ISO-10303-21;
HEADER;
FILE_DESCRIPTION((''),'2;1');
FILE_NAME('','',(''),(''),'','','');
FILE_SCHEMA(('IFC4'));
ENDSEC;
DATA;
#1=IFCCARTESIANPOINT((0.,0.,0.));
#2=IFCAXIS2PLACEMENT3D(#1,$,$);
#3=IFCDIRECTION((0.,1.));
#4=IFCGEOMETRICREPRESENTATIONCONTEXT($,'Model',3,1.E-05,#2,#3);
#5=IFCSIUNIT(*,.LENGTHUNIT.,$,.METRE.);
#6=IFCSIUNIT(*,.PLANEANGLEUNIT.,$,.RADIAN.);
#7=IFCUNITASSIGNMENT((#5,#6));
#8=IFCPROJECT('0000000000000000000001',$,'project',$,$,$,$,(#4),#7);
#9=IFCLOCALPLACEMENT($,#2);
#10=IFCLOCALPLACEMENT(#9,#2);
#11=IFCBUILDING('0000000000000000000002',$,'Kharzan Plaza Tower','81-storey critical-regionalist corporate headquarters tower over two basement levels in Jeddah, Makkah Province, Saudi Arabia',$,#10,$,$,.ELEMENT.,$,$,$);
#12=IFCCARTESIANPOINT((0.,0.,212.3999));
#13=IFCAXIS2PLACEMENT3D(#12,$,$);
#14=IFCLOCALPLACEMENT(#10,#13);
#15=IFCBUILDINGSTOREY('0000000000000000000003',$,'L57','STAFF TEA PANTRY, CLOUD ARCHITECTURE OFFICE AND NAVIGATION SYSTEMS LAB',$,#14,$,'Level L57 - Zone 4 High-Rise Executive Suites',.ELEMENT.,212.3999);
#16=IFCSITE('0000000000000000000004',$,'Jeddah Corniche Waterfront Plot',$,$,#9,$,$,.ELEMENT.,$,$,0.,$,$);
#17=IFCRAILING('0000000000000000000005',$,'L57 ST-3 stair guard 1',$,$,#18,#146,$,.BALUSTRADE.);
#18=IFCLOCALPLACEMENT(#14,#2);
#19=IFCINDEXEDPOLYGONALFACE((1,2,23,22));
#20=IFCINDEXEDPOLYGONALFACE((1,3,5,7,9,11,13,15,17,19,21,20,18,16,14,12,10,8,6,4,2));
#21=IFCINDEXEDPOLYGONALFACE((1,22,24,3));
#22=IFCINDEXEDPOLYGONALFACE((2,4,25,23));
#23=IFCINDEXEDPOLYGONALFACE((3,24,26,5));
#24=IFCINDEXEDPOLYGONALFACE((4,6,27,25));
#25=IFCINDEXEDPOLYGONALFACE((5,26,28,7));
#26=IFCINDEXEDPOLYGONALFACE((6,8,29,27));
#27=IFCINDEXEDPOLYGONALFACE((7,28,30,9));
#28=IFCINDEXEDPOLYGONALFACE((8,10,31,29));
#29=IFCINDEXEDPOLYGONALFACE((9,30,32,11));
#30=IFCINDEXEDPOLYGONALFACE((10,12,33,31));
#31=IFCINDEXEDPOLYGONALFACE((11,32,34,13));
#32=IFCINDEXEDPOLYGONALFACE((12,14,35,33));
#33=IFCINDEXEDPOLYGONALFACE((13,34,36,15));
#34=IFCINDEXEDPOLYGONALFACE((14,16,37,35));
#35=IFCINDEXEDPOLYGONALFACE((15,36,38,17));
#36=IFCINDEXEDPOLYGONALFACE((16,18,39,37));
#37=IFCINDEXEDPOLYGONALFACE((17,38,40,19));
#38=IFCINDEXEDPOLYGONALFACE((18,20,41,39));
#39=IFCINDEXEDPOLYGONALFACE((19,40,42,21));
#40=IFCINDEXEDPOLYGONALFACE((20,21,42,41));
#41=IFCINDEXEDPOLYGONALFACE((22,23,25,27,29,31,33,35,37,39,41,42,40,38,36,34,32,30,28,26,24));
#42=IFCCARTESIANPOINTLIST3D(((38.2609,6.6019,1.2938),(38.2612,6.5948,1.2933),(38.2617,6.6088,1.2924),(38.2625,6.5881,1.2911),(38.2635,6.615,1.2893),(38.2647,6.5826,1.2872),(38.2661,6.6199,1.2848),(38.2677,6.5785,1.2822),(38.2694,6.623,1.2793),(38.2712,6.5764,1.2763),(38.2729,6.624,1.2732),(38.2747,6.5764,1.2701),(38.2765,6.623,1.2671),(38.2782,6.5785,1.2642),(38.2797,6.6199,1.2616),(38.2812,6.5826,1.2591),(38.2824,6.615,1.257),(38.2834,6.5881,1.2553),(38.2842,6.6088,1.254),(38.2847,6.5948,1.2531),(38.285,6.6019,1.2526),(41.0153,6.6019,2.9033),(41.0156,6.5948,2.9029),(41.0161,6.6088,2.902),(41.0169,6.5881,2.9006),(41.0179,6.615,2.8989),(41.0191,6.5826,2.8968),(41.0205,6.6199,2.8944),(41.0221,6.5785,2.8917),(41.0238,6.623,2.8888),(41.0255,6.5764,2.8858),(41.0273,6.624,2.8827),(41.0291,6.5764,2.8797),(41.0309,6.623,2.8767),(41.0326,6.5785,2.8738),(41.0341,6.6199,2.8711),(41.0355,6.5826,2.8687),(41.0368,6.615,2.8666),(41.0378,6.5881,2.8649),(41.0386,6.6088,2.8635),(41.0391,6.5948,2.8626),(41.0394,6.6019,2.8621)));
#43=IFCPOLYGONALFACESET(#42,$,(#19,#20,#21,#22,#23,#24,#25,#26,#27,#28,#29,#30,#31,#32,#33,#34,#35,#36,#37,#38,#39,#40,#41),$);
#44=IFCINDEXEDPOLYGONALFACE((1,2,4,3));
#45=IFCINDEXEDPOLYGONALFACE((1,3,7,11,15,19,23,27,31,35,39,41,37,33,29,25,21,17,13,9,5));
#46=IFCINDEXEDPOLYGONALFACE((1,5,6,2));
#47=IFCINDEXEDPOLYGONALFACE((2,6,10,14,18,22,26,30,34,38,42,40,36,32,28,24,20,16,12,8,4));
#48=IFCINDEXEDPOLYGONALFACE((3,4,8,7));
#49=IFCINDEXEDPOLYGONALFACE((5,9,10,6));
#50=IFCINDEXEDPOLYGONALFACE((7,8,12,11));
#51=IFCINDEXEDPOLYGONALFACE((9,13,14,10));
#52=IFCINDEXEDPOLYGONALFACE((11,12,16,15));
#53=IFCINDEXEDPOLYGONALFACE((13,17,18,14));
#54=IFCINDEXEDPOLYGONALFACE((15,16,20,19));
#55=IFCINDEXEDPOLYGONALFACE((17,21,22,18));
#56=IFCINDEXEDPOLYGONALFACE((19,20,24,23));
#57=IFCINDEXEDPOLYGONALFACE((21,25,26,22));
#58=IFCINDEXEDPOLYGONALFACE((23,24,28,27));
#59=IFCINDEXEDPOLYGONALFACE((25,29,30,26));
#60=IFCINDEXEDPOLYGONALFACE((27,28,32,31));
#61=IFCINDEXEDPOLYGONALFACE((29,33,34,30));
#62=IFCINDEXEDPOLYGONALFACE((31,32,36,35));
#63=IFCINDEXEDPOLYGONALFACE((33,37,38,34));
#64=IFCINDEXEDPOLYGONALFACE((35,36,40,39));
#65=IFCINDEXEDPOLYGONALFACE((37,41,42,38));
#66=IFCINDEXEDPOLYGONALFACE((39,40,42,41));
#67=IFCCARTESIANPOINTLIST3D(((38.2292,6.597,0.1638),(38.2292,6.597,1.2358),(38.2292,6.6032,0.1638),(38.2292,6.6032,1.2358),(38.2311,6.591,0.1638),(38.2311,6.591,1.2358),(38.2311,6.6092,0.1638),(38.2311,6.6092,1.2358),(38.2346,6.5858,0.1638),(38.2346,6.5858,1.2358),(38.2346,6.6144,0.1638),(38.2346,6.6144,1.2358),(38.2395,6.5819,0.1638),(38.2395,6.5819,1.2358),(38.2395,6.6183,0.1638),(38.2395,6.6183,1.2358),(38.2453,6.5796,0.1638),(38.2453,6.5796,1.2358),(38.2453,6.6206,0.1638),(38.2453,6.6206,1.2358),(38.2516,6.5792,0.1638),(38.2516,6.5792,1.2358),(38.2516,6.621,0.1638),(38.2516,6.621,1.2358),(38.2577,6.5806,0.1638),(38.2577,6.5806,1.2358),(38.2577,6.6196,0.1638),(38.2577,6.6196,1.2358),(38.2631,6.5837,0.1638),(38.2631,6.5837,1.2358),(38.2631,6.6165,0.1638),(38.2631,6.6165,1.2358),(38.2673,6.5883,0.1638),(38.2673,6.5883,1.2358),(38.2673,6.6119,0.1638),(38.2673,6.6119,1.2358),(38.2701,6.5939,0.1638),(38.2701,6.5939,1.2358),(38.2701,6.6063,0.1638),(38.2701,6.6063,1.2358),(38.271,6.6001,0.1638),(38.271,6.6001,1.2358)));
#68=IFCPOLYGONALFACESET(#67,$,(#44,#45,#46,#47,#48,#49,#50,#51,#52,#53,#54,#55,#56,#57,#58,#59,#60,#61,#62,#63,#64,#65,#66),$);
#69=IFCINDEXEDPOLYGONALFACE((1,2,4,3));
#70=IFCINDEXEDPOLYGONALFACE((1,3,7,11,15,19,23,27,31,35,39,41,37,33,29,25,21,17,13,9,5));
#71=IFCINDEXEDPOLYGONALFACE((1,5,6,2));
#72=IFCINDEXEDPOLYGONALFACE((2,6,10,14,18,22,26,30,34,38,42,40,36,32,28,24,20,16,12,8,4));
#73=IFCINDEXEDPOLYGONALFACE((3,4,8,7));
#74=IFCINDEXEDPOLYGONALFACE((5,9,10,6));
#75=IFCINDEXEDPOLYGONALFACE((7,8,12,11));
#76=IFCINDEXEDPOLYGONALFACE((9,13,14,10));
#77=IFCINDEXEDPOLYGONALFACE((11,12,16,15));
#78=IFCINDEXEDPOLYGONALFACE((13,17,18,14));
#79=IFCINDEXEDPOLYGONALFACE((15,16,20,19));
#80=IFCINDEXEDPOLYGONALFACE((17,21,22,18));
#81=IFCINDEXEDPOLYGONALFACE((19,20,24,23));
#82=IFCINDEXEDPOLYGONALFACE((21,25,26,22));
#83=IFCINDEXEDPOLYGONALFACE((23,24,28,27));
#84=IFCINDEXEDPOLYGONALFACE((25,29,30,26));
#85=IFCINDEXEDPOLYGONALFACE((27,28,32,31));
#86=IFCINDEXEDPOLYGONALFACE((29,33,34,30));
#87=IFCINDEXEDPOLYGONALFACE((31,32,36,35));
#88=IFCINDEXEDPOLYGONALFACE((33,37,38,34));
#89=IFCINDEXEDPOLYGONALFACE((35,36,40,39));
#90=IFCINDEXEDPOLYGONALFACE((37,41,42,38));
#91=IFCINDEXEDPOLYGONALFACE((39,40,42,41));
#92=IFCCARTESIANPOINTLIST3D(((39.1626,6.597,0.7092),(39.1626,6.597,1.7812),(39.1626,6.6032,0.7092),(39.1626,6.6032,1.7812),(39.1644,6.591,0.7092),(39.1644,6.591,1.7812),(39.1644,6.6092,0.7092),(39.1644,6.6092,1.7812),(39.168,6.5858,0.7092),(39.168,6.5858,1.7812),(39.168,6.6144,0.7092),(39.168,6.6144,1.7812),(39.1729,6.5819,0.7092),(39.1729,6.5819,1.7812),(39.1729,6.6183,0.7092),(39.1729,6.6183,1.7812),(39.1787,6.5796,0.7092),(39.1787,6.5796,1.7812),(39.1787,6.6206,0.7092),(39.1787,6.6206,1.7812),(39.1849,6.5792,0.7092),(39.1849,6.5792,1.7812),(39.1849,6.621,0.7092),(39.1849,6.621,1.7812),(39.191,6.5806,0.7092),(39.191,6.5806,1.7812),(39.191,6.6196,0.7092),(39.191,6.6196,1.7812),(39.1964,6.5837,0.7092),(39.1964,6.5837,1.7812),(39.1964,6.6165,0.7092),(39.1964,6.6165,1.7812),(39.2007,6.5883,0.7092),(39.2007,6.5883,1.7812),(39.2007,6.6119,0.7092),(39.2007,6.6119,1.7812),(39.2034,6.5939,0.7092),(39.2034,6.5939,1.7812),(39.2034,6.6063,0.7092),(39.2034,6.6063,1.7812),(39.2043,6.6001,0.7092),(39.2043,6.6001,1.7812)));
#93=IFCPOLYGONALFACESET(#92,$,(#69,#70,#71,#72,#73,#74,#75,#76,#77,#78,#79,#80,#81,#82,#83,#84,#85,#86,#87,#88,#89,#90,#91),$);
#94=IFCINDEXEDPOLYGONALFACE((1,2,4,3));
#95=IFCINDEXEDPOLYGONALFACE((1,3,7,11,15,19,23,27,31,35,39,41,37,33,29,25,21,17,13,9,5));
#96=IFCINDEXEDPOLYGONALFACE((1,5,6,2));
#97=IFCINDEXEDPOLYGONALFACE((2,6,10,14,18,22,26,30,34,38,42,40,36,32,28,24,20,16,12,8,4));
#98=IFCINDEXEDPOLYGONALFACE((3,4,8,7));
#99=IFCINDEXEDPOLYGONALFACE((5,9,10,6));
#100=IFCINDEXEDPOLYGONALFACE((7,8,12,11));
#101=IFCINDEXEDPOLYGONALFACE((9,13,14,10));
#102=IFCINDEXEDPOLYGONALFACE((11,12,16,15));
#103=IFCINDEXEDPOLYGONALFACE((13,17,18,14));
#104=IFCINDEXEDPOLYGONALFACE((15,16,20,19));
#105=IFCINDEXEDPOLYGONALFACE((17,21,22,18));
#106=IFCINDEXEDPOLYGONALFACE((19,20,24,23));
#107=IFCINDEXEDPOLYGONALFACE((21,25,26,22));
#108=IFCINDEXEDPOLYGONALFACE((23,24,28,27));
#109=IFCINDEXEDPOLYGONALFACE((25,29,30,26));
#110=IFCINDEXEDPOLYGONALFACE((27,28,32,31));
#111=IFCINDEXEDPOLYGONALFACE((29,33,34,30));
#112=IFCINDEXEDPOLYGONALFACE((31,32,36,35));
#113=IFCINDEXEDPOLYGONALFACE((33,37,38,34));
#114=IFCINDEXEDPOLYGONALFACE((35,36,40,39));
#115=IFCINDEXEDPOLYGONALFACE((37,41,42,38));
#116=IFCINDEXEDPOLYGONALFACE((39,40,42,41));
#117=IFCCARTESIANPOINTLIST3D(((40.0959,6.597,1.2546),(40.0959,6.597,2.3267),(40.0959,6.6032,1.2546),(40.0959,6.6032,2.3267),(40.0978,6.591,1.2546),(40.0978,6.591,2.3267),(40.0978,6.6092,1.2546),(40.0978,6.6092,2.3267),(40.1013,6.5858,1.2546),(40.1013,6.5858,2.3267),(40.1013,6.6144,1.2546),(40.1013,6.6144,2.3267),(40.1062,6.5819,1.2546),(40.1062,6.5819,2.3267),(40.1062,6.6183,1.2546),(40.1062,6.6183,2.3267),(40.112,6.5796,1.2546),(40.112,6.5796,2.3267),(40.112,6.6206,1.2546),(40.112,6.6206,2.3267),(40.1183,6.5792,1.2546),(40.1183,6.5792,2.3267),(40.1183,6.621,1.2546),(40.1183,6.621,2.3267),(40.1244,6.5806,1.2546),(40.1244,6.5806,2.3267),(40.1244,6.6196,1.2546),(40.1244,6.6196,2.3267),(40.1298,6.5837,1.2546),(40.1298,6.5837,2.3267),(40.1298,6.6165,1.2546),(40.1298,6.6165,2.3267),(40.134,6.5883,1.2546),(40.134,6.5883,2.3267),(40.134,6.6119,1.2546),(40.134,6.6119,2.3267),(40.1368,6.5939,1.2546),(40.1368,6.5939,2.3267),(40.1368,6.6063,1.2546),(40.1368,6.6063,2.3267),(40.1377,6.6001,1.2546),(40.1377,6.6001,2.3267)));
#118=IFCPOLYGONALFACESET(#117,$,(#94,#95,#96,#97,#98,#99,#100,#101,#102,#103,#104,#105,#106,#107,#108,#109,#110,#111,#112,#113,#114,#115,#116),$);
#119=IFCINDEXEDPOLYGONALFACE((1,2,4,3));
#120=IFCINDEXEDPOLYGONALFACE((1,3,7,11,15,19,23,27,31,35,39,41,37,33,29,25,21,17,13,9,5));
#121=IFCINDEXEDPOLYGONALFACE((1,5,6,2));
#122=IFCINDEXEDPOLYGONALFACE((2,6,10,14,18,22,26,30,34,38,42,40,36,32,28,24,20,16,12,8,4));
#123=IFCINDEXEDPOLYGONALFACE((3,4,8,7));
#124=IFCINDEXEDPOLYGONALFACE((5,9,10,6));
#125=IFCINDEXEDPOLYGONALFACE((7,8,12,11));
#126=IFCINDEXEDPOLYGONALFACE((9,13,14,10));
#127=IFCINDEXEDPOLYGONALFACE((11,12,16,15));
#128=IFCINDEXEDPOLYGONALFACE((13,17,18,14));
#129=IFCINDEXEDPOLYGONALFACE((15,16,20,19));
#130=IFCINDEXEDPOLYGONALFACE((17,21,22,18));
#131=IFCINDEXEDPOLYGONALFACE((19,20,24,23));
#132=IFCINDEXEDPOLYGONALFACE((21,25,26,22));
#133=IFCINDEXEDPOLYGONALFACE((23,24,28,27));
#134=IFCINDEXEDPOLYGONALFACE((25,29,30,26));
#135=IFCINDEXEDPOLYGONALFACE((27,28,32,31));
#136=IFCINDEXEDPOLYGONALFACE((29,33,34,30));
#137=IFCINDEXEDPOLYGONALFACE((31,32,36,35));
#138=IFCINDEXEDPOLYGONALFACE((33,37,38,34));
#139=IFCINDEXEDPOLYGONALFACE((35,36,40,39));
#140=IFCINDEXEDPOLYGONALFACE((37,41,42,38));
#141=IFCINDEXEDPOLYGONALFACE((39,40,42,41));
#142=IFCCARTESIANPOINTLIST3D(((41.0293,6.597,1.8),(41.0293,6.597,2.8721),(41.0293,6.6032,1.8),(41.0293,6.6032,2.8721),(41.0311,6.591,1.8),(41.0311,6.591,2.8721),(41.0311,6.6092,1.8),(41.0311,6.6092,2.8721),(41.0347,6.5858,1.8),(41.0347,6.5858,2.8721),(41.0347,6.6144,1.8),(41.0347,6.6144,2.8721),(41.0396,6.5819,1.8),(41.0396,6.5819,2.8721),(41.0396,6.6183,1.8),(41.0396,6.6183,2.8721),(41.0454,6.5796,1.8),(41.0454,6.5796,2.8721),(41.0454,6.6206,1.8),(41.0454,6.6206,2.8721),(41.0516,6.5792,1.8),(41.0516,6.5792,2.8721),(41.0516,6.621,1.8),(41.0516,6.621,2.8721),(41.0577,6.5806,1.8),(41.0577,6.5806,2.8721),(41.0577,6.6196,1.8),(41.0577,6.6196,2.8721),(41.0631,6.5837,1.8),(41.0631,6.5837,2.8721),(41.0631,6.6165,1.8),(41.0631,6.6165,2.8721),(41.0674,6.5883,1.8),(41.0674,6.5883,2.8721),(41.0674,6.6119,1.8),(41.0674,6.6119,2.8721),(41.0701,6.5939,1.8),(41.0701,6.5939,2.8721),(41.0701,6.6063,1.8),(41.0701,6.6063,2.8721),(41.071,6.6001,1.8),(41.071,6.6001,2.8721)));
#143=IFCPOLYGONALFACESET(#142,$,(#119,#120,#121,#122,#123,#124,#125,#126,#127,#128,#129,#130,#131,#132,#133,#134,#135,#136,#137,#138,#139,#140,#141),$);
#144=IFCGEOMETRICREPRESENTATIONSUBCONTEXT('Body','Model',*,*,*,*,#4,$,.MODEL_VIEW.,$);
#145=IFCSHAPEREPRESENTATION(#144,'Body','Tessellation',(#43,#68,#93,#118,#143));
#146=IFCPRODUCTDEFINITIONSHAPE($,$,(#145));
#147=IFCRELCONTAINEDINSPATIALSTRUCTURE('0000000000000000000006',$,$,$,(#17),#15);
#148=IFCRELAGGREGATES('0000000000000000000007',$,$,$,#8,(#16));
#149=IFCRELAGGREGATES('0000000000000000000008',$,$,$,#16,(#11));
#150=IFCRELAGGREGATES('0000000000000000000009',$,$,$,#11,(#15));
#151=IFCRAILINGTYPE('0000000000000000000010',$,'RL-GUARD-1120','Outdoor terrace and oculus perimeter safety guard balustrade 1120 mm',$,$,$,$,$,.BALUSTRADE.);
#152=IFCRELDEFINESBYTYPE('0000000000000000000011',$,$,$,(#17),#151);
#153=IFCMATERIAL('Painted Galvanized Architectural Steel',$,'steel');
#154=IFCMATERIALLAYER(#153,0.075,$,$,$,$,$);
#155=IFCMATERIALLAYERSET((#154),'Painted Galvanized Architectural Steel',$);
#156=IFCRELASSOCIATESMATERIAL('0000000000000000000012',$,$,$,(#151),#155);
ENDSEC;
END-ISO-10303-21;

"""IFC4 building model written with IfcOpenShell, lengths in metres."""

from ifc_helpers import new_model, si_unit, direction, frame, origin, origin_2d, place, context, subcontext, project, spatial, circle, extrude, source, transform, mapped, material, layer, layer_set, type_object, element, save


model = new_model("IFC4")

# Units and contexts
model_context = context("Model", 3, precision=1e-05, world=origin(), true_north=direction((0.0, 1.0)))
body_context = subcontext(model_context, "Body", "Model", "MODEL_VIEW")
ifc_project = project(units=[si_unit("LENGTHUNIT", "METRE"), si_unit("PLANEANGLEUNIT", "RADIAN")], contexts=[model_context])

# Site, building, storey
site_placement = place(None, origin())
site = spatial("IfcSite", under=ifc_project, at=site_placement, Name="Jeddah Corniche Waterfront Plot", CompositionType="ELEMENT", RefElevation=0.0)
building_placement = place(site_placement, origin())
building = spatial("IfcBuilding", under=site, at=building_placement, Name="Kharzan Plaza Tower", Description="81-storey critical-regionalist corporate headquarters tower over two basement levels in Jeddah, Makkah Province, Saudi Arabia", CompositionType="ELEMENT")
storey_placement = place(building_placement, frame((0.0, 0.0, 212.3999)))
storey = spatial("IfcBuildingStorey", under=building, at=storey_placement, Name="L57", Description="STAFF TEA PANTRY, CLOUD ARCHITECTURE OFFICE AND NAVIGATION SYSTEMS LAB", LongName="Level L57 - Zone 4 High-Rise Executive Suites", CompositionType="ELEMENT", Elevation=212.3999)

# Railing
ifc_material_1 = material(Name="Painted Galvanized Architectural Steel", Category="steel")
ifc_layer_1 = layer(ifc_material_1, 0.075)
ifc_layer_set_1 = layer_set([ifc_layer_1], Name="Painted Galvanized Architectural Steel")
railing_type_1 = type_object("IfcRailingType", Name="RL-GUARD-1120", Description="Outdoor terrace and oculus perimeter safety guard balustrade 1120 mm", PredefinedType="BALUSTRADE", material=ifc_layer_set_1)
shared_shape_1 = source(origin(), body_context, "Body", "SweptSolid", [
    extrude(circle(Radius=0.0239, at=origin_2d()), frame((0.0229, 0.0, 1.1094), z_axis=(0.863394, 0.0, 0.504531), x_axis=(0.0, 1.0, 0.0)), (0.0, 0.0, 1.0), 3.1902),
    extrude(circle(Radius=0.021, at=origin_2d()), origin(), (0.0, 0.0, 1.0), 1.072),
    extrude(circle(Radius=0.021, at=origin_2d()), frame((0.9333, 0.0, 0.5454)), (0.0, 0.0, 1.0), 1.072),
    extrude(circle(Radius=0.021, at=origin_2d()), frame((1.8667, 0.0, 1.0908)), (0.0, 0.0, 1.0), 1.072),
    extrude(circle(Radius=0.021, at=origin_2d()), frame((2.8, 0.0, 1.6362)), (0.0, 0.0, 1.0), 1.072),
])
railing_1_placement = place(storey_placement, frame((38.25, 6.6001, 0.1638)))
element("IfcRailing", 1, at=railing_1_placement, inside=storey, type_object=railing_type_1, Name="L57 ST-3 stair guard 1", PredefinedType="BALUSTRADE", context=body_context, shape_type="MappedRepresentation", body=[
    mapped(shared_shape_1, transform((0.0, 0.0, 0.0), x_axis=(1.0, 0.0, 0.0), y_axis=(0.0, 1.0, 0.0), z_axis=(0.0, 0.0, 1.0))),
])

save(model, "model.ifc")
